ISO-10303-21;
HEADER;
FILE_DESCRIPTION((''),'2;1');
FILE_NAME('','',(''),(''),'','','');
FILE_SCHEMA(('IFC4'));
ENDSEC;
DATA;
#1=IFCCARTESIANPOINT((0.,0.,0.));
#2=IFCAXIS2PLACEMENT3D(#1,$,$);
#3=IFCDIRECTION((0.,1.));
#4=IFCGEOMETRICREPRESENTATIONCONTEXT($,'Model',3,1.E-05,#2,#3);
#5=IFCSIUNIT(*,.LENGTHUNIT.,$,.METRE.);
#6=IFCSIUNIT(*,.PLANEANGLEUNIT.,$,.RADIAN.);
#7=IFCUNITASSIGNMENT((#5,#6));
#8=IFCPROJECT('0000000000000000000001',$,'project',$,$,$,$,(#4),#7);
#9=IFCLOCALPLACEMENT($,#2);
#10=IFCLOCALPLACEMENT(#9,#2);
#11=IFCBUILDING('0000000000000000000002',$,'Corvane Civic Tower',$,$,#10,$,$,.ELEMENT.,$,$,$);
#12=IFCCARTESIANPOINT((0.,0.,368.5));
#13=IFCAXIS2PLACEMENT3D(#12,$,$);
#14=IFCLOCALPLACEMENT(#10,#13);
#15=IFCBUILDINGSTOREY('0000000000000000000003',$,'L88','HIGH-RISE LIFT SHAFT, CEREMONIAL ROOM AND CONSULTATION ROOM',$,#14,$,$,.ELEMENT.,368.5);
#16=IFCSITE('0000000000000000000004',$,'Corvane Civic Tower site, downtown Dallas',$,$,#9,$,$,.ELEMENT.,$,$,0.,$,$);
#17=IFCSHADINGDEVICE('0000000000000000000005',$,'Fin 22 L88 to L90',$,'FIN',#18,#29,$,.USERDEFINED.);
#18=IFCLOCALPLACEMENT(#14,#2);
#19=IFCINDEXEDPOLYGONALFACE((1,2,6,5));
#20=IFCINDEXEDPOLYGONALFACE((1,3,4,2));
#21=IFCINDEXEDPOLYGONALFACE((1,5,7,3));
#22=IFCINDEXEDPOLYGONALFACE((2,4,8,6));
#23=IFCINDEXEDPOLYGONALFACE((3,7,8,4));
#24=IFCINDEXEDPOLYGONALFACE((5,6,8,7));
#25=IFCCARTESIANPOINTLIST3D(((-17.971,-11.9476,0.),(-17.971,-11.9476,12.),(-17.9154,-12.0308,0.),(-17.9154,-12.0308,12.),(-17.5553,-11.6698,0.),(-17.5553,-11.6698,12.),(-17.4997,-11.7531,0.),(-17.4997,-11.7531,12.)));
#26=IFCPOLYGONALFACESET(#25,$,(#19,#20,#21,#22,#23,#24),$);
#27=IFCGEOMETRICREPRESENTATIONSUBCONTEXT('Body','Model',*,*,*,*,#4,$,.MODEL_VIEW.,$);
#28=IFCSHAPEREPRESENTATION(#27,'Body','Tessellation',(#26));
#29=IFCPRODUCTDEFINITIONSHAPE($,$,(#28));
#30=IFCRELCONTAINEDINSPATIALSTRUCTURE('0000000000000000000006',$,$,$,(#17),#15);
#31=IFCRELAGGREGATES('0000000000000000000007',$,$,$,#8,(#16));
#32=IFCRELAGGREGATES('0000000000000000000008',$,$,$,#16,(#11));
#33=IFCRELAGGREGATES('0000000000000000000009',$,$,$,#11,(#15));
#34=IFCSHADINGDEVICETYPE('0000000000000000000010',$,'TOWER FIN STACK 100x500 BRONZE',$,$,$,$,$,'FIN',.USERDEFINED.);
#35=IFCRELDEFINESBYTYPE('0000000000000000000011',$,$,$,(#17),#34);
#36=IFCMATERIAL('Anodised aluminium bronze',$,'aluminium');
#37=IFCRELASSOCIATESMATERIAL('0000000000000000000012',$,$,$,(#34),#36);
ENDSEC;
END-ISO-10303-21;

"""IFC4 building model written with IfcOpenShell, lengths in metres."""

from ifc_helpers import new_model, si_unit, direction, frame, origin, origin_2d, place, context, subcontext, project, spatial, rectangle, extrude, material, material_profile, profile_set, type_object, element, save


model = new_model("IFC4")

# Units and contexts
model_context = context("Model", 3, precision=1e-05, world=origin(), true_north=direction((0.0, 1.0)))
body_context = subcontext(model_context, "Body", "Model", "MODEL_VIEW")
ifc_project = project(units=[si_unit("LENGTHUNIT", "METRE"), si_unit("PLANEANGLEUNIT", "RADIAN")], contexts=[model_context])

# Site, building, storey
site_placement = place(None, origin())
site = spatial("IfcSite", under=ifc_project, at=site_placement, Name="Corvane Civic Tower site, downtown Dallas", CompositionType="ELEMENT", RefElevation=0.0)
building_placement = place(site_placement, origin())
building = spatial("IfcBuilding", under=site, at=building_placement, Name="Corvane Civic Tower", CompositionType="ELEMENT")
storey_placement = place(building_placement, frame((0.0, 0.0, 368.5)))
storey = spatial("IfcBuildingStorey", under=building, at=storey_placement, Name="L88", Description="HIGH-RISE LIFT SHAFT, CEREMONIAL ROOM AND CONSULTATION ROOM", CompositionType="ELEMENT", Elevation=368.5)

# Shading device
ifc_material_1 = material(Name="Anodised aluminium bronze", Category="aluminium")
ifc_material_profile_1 = material_profile(ifc_material_1, rectangle(XDim=0.1001, YDim=0.5, at=origin_2d()), Name="TOWER FIN STACK 100x500 BRONZE")
ifc_profile_set_1 = profile_set([ifc_material_profile_1], Name="Anodised aluminium bronze")
shading_device_type = type_object("IfcShadingDeviceType", Name="TOWER FIN STACK 100x500 BRONZE", ElementType="FIN", PredefinedType="USERDEFINED", material=ifc_profile_set_1)
for number, where, z_axis, x_axis, name in (
    (1, (-17.7354, -11.8503, 0.0), (0.0, 0.0, 1.0), (-0.55557, 0.83147, 0.0), "Fin 22 L88 to L90"),
):
    element("IfcShadingDevice", number, at=place(storey_placement, frame(where, z_axis=z_axis, x_axis=x_axis)), inside=storey, type_object=shading_device_type, Name=name, ObjectType="FIN", PredefinedType="USERDEFINED", context=body_context, shape_type="SweptSolid", body=[
        extrude(rectangle(XDim=0.1001, YDim=0.5, at=origin_2d()), origin(), (0.0, 0.0, 1.0), 12.0),
    ])

save(model, "model.ifc")
